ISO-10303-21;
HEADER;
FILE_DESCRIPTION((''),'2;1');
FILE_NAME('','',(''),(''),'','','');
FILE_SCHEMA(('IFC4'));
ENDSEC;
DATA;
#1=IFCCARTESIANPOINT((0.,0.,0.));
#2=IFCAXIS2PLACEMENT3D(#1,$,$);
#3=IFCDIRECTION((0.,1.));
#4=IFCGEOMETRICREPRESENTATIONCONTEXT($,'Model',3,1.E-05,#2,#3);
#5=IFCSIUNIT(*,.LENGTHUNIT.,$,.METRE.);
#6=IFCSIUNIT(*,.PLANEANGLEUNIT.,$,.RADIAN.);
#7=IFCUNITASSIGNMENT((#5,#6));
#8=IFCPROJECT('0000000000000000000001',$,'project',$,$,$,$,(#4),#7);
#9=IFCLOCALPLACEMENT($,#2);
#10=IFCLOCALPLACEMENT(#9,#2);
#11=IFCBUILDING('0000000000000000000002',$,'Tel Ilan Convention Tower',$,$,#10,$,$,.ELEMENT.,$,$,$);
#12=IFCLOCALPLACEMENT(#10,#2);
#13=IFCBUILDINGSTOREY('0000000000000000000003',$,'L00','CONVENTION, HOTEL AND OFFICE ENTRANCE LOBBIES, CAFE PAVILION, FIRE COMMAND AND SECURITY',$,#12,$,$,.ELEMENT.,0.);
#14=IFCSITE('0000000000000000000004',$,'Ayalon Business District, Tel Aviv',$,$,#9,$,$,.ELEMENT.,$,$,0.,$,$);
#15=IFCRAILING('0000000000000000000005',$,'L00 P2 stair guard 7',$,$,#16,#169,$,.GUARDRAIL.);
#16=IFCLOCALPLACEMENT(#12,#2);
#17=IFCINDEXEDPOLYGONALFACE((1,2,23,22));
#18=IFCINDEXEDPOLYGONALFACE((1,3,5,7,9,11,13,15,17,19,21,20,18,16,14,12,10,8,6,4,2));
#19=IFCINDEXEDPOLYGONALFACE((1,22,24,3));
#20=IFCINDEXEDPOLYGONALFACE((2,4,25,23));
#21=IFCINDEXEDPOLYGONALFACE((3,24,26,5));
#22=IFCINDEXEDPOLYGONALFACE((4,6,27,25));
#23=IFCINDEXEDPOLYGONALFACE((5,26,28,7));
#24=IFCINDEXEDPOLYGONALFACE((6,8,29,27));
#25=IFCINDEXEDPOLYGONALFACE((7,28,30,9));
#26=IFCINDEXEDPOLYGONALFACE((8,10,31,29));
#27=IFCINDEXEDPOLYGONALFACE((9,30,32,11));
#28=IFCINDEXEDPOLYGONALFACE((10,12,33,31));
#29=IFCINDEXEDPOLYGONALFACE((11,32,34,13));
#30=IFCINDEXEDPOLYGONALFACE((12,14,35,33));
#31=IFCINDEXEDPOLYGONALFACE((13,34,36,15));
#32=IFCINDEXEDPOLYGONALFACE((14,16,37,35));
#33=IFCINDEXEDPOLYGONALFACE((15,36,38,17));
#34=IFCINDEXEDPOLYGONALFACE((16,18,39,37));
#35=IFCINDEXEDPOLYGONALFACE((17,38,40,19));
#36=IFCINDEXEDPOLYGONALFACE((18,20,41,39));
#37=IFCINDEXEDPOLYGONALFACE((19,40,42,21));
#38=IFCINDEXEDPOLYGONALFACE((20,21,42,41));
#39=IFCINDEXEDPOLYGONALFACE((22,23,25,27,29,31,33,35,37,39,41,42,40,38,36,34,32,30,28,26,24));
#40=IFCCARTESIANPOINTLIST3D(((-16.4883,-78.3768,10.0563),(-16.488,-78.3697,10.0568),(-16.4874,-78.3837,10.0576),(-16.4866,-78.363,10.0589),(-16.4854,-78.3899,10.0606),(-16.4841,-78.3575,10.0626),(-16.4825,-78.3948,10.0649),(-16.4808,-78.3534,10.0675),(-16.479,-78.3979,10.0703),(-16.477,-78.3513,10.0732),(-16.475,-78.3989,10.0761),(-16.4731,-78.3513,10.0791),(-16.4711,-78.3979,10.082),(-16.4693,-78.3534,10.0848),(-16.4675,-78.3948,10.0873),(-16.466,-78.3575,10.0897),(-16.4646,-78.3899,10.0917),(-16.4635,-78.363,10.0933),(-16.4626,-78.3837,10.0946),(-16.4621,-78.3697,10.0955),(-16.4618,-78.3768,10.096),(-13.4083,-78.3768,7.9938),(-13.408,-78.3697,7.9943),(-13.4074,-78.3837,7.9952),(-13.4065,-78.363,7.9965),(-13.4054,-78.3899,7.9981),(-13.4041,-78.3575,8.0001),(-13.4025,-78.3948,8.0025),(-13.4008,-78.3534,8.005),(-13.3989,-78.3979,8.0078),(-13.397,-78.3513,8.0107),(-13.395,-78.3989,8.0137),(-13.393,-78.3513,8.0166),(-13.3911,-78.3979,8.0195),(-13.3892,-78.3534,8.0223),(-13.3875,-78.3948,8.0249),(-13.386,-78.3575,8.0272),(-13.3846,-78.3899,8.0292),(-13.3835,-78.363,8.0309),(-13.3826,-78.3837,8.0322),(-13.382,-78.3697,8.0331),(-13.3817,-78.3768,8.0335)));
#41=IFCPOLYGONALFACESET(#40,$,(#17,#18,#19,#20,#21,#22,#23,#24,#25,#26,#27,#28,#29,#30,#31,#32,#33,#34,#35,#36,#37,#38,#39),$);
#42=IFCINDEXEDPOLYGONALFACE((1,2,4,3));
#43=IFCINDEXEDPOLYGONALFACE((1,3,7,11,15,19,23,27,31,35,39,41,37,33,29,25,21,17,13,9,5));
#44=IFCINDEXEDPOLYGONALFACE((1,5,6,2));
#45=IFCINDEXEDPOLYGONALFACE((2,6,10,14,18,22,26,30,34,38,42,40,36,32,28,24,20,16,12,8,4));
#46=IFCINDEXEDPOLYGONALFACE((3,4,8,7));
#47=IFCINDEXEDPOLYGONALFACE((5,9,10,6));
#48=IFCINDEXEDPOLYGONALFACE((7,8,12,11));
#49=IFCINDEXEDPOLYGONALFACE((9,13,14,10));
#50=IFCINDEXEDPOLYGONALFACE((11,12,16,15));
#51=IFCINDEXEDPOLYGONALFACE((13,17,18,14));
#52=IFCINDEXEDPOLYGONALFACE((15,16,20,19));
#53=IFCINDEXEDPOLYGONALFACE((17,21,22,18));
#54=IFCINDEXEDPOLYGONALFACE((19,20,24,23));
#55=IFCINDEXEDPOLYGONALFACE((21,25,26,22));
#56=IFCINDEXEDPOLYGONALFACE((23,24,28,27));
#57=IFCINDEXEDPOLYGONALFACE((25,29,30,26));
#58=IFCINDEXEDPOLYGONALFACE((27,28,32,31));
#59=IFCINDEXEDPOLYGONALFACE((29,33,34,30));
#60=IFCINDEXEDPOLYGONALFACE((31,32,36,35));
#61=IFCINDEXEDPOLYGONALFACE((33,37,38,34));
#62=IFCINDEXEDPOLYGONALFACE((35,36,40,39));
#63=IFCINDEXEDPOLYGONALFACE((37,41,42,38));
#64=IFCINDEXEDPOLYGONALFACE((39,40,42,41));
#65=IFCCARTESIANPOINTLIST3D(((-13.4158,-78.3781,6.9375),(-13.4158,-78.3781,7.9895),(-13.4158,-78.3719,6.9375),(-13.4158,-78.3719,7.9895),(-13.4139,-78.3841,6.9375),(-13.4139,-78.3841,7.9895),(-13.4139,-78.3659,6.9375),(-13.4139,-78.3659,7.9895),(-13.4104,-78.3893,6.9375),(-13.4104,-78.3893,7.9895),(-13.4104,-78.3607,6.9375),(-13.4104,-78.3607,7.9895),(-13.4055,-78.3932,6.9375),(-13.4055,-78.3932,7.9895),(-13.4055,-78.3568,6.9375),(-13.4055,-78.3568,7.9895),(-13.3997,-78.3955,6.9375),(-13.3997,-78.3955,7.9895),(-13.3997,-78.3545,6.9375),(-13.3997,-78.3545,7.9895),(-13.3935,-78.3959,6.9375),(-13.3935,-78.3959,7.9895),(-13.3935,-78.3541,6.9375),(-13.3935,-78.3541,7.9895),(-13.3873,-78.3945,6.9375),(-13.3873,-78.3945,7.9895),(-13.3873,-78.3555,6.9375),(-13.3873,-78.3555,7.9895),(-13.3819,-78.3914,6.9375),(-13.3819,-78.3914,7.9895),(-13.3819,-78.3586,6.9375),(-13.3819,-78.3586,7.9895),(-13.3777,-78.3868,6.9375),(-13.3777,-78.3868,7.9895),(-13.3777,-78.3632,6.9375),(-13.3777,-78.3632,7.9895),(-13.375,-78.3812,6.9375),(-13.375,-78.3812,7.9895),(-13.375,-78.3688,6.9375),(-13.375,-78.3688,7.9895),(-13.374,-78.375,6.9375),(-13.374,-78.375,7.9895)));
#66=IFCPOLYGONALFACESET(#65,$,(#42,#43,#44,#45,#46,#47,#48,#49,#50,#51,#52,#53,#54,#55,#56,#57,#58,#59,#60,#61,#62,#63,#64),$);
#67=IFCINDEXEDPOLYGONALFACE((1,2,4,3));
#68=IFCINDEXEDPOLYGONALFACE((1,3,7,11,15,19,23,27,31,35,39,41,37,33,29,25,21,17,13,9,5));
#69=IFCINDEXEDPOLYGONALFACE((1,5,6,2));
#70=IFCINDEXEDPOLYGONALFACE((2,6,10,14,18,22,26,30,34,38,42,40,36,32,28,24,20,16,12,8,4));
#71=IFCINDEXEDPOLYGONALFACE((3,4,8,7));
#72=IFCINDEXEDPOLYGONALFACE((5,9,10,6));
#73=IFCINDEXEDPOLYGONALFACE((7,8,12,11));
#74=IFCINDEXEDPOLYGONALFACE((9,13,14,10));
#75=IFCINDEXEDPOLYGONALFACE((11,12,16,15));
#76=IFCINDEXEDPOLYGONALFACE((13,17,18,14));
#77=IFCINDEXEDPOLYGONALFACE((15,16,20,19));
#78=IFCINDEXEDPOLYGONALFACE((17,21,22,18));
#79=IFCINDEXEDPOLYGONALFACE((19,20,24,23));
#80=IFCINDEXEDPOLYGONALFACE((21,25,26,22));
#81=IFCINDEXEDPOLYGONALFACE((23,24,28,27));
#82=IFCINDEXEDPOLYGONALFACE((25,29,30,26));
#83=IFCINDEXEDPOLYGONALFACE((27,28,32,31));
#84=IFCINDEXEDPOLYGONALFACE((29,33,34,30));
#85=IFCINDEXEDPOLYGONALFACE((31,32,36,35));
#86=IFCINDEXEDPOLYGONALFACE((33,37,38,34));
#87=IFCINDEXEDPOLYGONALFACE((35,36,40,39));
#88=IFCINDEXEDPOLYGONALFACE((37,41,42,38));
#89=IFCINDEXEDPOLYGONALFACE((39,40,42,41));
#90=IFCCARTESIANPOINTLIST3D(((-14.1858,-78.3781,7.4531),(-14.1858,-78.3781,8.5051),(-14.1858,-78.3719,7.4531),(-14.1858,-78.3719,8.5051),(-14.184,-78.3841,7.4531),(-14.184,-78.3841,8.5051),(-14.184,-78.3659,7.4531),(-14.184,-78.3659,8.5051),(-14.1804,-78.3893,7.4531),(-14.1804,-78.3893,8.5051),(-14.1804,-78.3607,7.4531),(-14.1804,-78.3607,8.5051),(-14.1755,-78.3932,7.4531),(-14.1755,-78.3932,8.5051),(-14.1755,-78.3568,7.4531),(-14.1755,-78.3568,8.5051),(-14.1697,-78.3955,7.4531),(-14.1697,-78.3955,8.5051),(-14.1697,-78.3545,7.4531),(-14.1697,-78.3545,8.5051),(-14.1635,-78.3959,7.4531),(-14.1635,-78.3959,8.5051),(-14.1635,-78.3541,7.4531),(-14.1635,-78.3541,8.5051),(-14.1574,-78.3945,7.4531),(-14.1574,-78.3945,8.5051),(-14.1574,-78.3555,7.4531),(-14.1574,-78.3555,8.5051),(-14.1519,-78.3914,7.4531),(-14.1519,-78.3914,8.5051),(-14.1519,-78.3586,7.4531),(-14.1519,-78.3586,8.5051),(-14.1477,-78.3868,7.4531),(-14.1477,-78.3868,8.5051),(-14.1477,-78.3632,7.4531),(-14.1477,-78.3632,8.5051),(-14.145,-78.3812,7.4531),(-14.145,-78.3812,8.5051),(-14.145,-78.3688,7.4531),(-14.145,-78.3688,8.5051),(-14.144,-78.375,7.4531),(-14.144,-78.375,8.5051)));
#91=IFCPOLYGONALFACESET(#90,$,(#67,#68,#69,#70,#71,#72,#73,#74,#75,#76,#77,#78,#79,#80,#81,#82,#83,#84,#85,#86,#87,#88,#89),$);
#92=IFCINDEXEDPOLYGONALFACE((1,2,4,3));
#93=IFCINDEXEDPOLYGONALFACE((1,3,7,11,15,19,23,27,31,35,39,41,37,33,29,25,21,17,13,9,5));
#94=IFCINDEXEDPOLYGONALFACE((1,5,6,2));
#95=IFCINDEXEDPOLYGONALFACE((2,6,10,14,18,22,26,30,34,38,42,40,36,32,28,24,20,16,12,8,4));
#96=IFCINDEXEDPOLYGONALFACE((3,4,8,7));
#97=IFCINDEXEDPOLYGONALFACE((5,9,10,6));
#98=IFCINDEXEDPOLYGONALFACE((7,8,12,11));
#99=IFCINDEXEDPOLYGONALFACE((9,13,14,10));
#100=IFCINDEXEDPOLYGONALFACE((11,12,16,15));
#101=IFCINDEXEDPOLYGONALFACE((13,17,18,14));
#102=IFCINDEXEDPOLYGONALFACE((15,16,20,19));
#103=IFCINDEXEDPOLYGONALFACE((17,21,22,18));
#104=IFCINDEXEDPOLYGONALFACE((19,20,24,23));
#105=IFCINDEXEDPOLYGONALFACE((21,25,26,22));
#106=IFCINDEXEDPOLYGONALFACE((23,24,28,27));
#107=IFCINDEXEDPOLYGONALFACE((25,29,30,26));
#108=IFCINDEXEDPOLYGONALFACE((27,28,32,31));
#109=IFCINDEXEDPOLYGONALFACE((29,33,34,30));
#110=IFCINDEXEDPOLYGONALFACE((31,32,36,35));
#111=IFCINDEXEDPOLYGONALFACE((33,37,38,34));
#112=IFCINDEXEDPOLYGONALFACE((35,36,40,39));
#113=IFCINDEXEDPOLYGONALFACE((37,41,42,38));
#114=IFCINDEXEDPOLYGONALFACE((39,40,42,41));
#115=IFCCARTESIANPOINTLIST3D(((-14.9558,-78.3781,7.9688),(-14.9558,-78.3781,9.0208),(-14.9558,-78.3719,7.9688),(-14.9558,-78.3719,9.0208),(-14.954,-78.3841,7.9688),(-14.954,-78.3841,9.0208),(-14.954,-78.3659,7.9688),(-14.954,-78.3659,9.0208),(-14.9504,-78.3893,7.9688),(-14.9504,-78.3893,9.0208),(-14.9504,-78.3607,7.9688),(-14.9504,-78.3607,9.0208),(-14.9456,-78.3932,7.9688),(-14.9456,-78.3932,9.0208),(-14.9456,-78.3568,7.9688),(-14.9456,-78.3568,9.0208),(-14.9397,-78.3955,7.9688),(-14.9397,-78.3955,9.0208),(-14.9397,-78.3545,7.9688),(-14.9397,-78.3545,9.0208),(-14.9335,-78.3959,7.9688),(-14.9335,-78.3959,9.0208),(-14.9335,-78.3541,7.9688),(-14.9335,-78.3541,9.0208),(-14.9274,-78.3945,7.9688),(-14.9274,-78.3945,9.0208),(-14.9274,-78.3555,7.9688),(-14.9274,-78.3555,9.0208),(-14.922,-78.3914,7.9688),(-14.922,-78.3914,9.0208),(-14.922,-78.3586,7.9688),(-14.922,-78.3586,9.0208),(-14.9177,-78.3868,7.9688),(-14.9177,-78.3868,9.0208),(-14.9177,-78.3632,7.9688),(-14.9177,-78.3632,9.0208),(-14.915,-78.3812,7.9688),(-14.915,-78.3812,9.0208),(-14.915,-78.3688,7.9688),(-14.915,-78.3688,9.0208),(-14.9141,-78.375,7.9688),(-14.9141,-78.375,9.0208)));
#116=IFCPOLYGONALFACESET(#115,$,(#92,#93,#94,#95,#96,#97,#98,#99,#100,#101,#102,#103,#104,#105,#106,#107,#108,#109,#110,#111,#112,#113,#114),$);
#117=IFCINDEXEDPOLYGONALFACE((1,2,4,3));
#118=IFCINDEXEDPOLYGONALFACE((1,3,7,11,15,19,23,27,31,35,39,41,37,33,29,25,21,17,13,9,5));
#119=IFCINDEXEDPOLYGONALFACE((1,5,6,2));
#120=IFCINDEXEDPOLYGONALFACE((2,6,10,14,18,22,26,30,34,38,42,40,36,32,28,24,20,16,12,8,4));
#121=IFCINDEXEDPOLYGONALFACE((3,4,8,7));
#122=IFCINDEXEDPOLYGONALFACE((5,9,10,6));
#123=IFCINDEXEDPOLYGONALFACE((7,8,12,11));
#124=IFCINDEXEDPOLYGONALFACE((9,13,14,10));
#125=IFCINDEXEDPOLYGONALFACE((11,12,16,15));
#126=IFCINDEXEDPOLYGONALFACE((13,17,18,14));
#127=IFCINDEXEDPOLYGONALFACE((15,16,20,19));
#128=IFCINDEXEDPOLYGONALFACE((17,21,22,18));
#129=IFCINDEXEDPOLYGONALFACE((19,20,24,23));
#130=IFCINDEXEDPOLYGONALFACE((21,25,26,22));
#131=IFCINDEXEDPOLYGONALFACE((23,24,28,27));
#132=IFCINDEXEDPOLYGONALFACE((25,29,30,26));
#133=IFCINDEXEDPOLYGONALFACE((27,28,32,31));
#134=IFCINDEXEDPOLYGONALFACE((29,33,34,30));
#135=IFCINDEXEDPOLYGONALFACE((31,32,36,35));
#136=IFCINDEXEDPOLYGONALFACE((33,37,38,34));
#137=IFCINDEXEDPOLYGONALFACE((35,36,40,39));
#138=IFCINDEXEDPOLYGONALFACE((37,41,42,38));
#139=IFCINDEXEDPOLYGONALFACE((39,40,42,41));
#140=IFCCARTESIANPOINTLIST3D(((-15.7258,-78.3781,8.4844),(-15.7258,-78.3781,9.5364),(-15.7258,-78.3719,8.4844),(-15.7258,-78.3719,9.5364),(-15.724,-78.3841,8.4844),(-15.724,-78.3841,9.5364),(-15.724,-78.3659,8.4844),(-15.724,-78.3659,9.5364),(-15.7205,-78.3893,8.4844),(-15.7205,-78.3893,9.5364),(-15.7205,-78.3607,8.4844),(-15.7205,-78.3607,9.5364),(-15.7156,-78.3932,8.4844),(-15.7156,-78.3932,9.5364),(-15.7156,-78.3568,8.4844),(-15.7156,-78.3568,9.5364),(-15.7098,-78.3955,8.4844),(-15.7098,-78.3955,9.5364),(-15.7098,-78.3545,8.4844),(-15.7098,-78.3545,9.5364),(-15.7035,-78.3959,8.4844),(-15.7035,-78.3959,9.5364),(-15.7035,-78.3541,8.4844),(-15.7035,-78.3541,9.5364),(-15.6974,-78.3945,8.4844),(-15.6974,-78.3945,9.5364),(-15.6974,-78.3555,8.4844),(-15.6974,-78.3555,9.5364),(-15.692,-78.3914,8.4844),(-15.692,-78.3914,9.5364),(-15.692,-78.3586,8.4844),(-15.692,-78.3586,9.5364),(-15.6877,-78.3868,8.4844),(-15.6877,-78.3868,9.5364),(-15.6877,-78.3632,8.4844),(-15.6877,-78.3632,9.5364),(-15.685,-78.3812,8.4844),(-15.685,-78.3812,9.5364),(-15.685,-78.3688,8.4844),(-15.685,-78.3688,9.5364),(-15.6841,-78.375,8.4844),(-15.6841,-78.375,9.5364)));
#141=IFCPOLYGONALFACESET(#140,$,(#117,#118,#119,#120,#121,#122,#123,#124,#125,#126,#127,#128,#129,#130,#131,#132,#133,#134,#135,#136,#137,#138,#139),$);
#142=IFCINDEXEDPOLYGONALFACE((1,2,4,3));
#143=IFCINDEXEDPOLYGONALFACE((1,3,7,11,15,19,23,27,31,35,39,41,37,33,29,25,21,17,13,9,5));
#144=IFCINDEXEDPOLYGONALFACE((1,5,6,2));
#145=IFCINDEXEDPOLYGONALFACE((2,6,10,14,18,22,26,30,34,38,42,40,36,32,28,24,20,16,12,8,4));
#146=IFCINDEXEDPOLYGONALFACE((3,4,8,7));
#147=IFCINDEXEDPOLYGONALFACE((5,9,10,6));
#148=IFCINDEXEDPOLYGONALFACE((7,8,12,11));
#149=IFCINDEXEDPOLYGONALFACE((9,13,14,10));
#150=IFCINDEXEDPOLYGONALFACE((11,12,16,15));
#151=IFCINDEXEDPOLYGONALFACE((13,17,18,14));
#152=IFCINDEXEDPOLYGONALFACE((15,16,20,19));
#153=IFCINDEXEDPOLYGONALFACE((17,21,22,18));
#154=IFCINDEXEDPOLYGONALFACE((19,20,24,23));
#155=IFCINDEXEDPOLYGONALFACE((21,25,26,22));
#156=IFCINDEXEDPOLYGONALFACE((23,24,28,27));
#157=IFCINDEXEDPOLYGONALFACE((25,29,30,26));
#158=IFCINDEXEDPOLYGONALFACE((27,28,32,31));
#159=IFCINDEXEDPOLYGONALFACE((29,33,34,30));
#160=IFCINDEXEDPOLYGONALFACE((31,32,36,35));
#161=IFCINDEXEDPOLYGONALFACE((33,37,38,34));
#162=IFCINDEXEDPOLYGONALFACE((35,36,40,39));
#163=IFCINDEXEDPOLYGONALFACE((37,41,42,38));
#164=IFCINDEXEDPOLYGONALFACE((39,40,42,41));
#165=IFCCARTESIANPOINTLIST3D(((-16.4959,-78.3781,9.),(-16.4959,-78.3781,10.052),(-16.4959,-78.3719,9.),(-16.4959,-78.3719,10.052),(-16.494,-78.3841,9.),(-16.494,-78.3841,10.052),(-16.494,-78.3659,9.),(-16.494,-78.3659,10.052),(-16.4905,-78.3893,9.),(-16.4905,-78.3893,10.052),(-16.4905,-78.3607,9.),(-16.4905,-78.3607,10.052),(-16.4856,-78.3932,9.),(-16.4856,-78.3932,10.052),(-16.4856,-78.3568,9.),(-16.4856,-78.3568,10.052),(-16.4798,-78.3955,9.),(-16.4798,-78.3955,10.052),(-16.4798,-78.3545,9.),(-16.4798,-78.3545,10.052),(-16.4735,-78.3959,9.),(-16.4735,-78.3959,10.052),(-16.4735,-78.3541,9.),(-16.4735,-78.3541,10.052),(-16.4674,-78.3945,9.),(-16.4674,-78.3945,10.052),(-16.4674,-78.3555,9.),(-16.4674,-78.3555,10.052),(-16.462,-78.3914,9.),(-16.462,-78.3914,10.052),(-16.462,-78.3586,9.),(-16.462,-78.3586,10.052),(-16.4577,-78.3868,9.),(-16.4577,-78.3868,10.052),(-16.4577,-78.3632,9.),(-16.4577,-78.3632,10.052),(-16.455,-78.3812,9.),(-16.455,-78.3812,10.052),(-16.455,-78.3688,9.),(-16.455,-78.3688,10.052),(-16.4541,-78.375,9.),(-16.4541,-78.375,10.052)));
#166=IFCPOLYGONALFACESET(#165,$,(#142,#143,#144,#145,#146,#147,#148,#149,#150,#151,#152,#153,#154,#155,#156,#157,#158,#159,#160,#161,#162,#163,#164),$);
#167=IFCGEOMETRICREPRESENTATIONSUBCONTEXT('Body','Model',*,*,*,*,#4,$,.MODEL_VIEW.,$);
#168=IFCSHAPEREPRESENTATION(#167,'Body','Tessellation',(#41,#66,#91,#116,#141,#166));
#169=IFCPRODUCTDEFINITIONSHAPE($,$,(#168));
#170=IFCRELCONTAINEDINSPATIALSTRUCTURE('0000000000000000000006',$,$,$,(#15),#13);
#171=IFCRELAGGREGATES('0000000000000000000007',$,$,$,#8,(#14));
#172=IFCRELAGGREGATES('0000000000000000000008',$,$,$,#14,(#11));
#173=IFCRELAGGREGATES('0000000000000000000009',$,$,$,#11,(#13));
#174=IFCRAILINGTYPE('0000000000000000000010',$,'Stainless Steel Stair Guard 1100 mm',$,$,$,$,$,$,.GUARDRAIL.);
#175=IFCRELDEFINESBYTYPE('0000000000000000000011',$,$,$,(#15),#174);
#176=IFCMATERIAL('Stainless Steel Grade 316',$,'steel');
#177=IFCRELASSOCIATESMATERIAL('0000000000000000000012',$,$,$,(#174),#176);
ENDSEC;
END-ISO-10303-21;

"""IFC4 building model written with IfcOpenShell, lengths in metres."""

from ifc_helpers import new_model, si_unit, direction, frame, origin, origin_2d, place, context, subcontext, project, spatial, circle, extrude, material, type_object, element, save


model = new_model("IFC4")

# Units and contexts
model_context = context("Model", 3, precision=1e-05, world=origin(), true_north=direction((0.0, 1.0)))
body_context = subcontext(model_context, "Body", "Model", "MODEL_VIEW")
ifc_project = project(units=[si_unit("LENGTHUNIT", "METRE"), si_unit("PLANEANGLEUNIT", "RADIAN")], contexts=[model_context])

# Site, building, storey
site_placement = place(None, origin())
site = spatial("IfcSite", under=ifc_project, at=site_placement, Name="Ayalon Business District, Tel Aviv", CompositionType="ELEMENT", RefElevation=0.0)
building_placement = place(site_placement, origin())
building = spatial("IfcBuilding", under=site, at=building_placement, Name="Tel Ilan Convention Tower", CompositionType="ELEMENT")
storey_placement = place(building_placement, origin())
storey = spatial("IfcBuildingStorey", under=building, at=storey_placement, Name="L00", Description="CONVENTION, HOTEL AND OFFICE ENTRANCE LOBBIES, CAFE PAVILION, FIRE COMMAND AND SECURITY", CompositionType="ELEMENT", Elevation=0.0)

# Railing
ifc_material_1 = material(Name="Stainless Steel Grade 316", Category="steel")
railing_type_1 = type_object("IfcRailingType", Name="Stainless Steel Stair Guard 1100 mm", PredefinedType="GUARDRAIL", material=ifc_material_1)
railing_1_placement = place(storey_placement, frame((-13.395, -78.375, 6.9375)))
element("IfcRailing", 1, at=railing_1_placement, inside=storey, type_object=railing_type_1, Name="L00 P2 stair guard 7", PredefinedType="GUARDRAIL", context=body_context, shape_type="SweptSolid", body=[
    extrude(circle(Radius=0.0239, at=origin_2d()), frame((0.0, 0.0, 1.0762), z_axis=(-0.830914, 0.0, 0.556401), x_axis=(0.0, -1.0, 0.0)), (0.0, 0.0, 1.0), 3.7068),
    extrude(circle(Radius=0.021, at=origin_2d()), origin(), (0.0, 0.0, 1.0), 1.052),
    extrude(circle(Radius=0.021, at=origin_2d()), frame((-0.77, 0.0, 0.5156)), (0.0, 0.0, 1.0), 1.052),
    extrude(circle(Radius=0.021, at=origin_2d()), frame((-1.54, 0.0, 1.0312)), (0.0, 0.0, 1.0), 1.052),
    extrude(circle(Radius=0.021, at=origin_2d()), frame((-2.3101, 0.0, 1.5469)), (0.0, 0.0, 1.0), 1.052),
    extrude(circle(Radius=0.021, at=origin_2d()), frame((-3.0801, 0.0, 2.0625)), (0.0, 0.0, 1.0), 1.052),
])

save(model, "model.ifc")
